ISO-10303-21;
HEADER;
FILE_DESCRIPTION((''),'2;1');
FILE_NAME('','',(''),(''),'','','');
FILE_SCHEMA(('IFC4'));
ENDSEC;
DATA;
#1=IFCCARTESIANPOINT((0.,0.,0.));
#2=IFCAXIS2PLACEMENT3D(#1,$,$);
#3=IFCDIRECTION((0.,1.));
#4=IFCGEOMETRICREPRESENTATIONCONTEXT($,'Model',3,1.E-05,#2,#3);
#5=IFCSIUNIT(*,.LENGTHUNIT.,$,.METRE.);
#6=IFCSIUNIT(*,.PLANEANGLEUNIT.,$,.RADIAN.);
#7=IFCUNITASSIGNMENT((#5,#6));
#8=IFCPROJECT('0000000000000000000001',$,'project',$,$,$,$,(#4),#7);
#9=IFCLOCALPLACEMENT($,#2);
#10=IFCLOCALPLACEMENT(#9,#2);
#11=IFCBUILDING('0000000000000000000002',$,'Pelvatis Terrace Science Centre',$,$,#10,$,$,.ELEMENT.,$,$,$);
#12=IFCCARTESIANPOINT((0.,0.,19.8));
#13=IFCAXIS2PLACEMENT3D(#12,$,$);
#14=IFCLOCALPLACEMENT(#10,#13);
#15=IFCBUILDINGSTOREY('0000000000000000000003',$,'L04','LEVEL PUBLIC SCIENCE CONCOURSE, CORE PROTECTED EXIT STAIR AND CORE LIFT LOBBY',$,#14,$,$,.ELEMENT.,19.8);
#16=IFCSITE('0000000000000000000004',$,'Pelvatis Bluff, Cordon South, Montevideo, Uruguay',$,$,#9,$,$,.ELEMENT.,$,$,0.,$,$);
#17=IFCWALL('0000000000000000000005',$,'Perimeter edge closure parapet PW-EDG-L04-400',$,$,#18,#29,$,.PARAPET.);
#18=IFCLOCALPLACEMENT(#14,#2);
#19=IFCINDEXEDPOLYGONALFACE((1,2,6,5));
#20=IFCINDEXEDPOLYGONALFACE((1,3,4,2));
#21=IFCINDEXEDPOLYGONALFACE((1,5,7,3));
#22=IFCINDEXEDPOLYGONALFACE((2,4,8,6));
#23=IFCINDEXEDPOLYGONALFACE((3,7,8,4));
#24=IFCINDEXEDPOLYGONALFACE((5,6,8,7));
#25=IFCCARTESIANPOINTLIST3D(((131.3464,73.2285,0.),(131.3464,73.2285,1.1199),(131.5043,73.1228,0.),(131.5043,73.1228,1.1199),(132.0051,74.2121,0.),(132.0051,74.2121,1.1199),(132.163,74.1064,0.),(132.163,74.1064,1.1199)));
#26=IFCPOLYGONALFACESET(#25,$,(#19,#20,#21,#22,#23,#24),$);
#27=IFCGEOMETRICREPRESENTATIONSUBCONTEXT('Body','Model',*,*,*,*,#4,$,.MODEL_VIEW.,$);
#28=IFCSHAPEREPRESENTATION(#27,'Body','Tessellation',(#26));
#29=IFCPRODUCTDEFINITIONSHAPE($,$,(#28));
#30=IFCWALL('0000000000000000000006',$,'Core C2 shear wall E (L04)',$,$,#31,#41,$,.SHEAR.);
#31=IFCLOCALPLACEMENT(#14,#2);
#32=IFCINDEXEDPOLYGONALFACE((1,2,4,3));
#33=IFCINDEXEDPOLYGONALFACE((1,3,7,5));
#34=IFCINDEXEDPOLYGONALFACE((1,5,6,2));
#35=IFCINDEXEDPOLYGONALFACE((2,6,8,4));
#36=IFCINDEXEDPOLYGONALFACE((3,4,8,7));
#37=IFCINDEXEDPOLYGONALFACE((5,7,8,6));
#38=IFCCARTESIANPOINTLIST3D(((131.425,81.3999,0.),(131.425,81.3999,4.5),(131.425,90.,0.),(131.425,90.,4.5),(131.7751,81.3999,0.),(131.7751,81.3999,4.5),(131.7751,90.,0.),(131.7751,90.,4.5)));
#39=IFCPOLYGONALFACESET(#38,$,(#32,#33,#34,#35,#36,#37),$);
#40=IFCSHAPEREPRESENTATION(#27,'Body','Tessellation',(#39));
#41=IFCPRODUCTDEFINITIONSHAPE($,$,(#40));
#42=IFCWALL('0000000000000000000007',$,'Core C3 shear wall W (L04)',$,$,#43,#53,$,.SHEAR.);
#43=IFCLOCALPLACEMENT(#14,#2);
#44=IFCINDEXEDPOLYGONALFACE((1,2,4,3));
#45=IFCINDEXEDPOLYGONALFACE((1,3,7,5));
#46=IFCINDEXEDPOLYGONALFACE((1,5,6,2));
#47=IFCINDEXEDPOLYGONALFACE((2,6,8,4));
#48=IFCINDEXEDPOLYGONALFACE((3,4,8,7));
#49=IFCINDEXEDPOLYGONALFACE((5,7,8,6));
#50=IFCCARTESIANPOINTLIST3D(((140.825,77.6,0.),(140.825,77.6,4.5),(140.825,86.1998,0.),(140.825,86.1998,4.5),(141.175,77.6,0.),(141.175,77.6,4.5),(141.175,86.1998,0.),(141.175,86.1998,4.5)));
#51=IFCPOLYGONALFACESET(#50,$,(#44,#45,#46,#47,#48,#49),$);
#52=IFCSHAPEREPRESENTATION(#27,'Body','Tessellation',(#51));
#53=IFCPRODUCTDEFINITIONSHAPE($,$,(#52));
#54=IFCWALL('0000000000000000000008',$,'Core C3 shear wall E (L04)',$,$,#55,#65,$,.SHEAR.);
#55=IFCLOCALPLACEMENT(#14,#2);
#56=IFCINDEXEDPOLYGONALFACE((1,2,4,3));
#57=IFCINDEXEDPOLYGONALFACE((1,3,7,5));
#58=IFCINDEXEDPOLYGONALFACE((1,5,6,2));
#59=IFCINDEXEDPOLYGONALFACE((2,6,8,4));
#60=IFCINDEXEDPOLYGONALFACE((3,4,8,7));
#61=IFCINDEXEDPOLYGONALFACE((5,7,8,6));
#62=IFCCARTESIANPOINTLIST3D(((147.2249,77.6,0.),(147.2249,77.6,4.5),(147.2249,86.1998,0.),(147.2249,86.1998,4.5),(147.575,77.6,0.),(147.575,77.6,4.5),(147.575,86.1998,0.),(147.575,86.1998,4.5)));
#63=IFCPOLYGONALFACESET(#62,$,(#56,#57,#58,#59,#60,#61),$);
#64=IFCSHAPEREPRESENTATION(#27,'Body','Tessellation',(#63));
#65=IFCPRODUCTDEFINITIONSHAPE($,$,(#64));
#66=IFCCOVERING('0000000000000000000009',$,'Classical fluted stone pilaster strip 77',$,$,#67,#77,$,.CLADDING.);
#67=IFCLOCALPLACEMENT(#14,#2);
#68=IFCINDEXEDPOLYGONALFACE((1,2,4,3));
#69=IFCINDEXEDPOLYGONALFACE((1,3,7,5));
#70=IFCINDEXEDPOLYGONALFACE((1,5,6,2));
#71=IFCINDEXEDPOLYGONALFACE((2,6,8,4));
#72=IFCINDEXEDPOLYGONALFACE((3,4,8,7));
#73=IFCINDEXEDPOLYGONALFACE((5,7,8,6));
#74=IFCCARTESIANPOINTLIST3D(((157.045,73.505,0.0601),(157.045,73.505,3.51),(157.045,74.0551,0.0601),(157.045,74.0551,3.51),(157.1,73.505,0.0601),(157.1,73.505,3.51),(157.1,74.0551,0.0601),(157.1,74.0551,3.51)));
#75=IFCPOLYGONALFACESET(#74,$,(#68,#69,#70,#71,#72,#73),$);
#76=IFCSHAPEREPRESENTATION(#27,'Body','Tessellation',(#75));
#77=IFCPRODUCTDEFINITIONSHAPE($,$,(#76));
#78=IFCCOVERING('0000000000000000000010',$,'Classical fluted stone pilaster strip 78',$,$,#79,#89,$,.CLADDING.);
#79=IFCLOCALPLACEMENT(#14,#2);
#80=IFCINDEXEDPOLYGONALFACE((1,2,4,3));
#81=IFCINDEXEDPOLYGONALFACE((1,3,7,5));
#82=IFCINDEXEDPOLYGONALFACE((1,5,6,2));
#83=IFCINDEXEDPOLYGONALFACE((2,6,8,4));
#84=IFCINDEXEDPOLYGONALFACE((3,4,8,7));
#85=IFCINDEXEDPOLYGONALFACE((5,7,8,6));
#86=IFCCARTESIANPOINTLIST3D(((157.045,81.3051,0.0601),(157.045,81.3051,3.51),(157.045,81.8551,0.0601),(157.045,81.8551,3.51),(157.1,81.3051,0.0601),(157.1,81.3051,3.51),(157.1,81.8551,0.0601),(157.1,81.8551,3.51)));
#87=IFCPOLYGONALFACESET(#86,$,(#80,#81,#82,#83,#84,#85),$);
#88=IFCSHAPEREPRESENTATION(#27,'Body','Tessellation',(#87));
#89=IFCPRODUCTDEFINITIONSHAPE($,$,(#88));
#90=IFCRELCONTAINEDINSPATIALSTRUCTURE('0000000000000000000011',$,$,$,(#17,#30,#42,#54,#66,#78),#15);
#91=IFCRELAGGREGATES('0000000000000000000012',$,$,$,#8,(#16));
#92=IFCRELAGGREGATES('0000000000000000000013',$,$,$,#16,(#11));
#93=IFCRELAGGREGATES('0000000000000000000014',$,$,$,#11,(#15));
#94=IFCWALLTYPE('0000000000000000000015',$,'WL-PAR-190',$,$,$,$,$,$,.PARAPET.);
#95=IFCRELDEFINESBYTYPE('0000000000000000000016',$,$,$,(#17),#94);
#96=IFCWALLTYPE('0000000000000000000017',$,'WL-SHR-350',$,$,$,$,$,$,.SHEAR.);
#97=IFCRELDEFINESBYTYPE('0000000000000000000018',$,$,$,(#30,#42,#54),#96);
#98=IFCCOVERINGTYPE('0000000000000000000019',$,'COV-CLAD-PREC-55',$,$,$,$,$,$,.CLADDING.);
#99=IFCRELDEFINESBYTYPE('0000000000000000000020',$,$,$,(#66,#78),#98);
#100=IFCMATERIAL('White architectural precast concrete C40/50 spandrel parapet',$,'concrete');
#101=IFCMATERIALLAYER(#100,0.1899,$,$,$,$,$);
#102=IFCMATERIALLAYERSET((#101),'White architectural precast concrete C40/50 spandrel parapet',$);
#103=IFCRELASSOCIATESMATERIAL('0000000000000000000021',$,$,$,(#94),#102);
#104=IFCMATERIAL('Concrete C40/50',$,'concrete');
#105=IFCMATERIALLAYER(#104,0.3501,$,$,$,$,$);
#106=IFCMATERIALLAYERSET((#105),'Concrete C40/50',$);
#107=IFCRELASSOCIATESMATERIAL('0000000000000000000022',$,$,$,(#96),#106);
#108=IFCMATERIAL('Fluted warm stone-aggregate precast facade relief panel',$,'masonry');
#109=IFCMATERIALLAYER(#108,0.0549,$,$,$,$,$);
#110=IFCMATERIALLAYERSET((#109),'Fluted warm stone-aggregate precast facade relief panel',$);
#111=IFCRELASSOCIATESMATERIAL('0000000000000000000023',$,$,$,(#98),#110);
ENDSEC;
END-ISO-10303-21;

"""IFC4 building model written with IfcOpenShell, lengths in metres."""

from ifc_helpers import new_model, si_unit, direction, frame, frame_2d, origin, origin_2d, place, context, subcontext, project, spatial, rectangle, extrude, material, layer, layer_set, type_object, element, save


model = new_model("IFC4")

# Units and contexts
model_context = context("Model", 3, precision=1e-05, world=origin(), true_north=direction((0.0, 1.0)))
body_context = subcontext(model_context, "Body", "Model", "MODEL_VIEW")
ifc_project = project(units=[si_unit("LENGTHUNIT", "METRE"), si_unit("PLANEANGLEUNIT", "RADIAN")], contexts=[model_context])

# Site, building, storey
site_placement = place(None, origin())
site = spatial("IfcSite", under=ifc_project, at=site_placement, Name="Pelvatis Bluff, Cordon South, Montevideo, Uruguay", CompositionType="ELEMENT", RefElevation=0.0)
building_placement = place(site_placement, origin())
building = spatial("IfcBuilding", under=site, at=building_placement, Name="Pelvatis Terrace Science Centre", CompositionType="ELEMENT")
storey_placement = place(building_placement, frame((0.0, 0.0, 19.8)))
storey = spatial("IfcBuildingStorey", under=building, at=storey_placement, Name="L04", Description="LEVEL PUBLIC SCIENCE CONCOURSE, CORE PROTECTED EXIT STAIR AND CORE LIFT LOBBY", CompositionType="ELEMENT", Elevation=19.8)

# Walls
ifc_material_1 = material(Name="White architectural precast concrete C40/50 spandrel parapet", Category="concrete")
ifc_layer_1 = layer(ifc_material_1, 0.1899)
ifc_layer_set_1 = layer_set([ifc_layer_1], Name="White architectural precast concrete C40/50 spandrel parapet")
wall_type_1 = type_object("IfcWallType", Name="WL-PAR-190", PredefinedType="PARAPET", material=ifc_layer_set_1)
wall_1_placement = place(storey_placement, frame((132.084, 74.1592, 0.0), z_axis=(0.0, 0.0, 1.0), x_axis=(-0.556412, -0.830906, 0.0)))
element("IfcWall", 1, at=wall_1_placement, inside=storey, type_object=wall_type_1, Name="Perimeter edge closure parapet PW-EDG-L04-400", PredefinedType="PARAPET", context=body_context, shape_type="SweptSolid", body=[
    extrude(rectangle(XDim=1.1838, YDim=0.1899, at=frame_2d((0.5918, 0.0))), origin(), (0.0, 0.0, 1.0), 1.1199),
])
ifc_material_2 = material(Name="Concrete C40/50", Category="concrete")
ifc_layer_2 = layer(ifc_material_2, 0.3501)
ifc_layer_set_2 = layer_set([ifc_layer_2], Name="Concrete C40/50")
wall_type_2 = type_object("IfcWallType", Name="WL-SHR-350", PredefinedType="SHEAR", material=ifc_layer_set_2)
wall_2_placement = place(storey_placement, frame((131.6001, 81.3999, 0.0), z_axis=(0.0, 0.0, 1.0), x_axis=(0.0, 1.0, 0.0)))
element("IfcWall", 2, at=wall_2_placement, inside=storey, type_object=wall_type_2, Name="Core C2 shear wall E (L04)", PredefinedType="SHEAR", context=body_context, shape_type="SweptSolid", body=[
    extrude(rectangle(XDim=8.6001, YDim=0.3501, at=frame_2d((4.3, 0.0))), origin(), (0.0, 0.0, 1.0), 4.5),
])
for number, where, z_axis, x_axis, name in (
    (3, (141.0, 77.6001, 0.0), (0.0, 0.0, 1.0), (0.0, 1.0, 0.0), "Core C3 shear wall W (L04)"),
    (4, (147.3999, 77.6001, 0.0), (0.0, 0.0, 1.0), (0.0, 1.0, 0.0), "Core C3 shear wall E (L04)"),
):
    element("IfcWall", number, at=place(storey_placement, frame(where, z_axis=z_axis, x_axis=x_axis)), inside=storey, type_object=wall_type_2, Name=name, PredefinedType="SHEAR", context=body_context, shape_type="SweptSolid", body=[
        extrude(rectangle(XDim=8.5999, YDim=0.3501, at=frame_2d((4.2998, 0.0))), origin(), (0.0, 0.0, 1.0), 4.5),
    ])

# Coverings
ifc_material_3 = material(Name="Fluted warm stone-aggregate precast facade relief panel", Category="masonry")
ifc_layer_3 = layer(ifc_material_3, 0.0549)
ifc_layer_set_3 = layer_set([ifc_layer_3], Name="Fluted warm stone-aggregate precast facade relief panel")
covering_type = type_object("IfcCoveringType", Name="COV-CLAD-PREC-55", PredefinedType="CLADDING", material=ifc_layer_set_3)
for number, where, z_axis, x_axis, name in (
    (5, (157.0725, 73.78, 0.0601), (0.0, 0.0, 1.0), (1.0, 0.0, 0.0), "Classical fluted stone pilaster strip 77"),
    (6, (157.0725, 81.5801, 0.0601), (0.0, 0.0, 1.0), (1.0, 0.0, 0.0), "Classical fluted stone pilaster strip 78"),
):
    element("IfcCovering", number, at=place(storey_placement, frame(where, z_axis=z_axis, x_axis=x_axis)), inside=storey, type_object=covering_type, Name=name, PredefinedType="CLADDING", context=body_context, shape_type="SweptSolid", body=[
        extrude(rectangle(XDim=0.0549, YDim=0.55, at=origin_2d()), origin(), (0.0, 0.0, 1.0), 3.45),
    ])

save(model, "model.ifc")
